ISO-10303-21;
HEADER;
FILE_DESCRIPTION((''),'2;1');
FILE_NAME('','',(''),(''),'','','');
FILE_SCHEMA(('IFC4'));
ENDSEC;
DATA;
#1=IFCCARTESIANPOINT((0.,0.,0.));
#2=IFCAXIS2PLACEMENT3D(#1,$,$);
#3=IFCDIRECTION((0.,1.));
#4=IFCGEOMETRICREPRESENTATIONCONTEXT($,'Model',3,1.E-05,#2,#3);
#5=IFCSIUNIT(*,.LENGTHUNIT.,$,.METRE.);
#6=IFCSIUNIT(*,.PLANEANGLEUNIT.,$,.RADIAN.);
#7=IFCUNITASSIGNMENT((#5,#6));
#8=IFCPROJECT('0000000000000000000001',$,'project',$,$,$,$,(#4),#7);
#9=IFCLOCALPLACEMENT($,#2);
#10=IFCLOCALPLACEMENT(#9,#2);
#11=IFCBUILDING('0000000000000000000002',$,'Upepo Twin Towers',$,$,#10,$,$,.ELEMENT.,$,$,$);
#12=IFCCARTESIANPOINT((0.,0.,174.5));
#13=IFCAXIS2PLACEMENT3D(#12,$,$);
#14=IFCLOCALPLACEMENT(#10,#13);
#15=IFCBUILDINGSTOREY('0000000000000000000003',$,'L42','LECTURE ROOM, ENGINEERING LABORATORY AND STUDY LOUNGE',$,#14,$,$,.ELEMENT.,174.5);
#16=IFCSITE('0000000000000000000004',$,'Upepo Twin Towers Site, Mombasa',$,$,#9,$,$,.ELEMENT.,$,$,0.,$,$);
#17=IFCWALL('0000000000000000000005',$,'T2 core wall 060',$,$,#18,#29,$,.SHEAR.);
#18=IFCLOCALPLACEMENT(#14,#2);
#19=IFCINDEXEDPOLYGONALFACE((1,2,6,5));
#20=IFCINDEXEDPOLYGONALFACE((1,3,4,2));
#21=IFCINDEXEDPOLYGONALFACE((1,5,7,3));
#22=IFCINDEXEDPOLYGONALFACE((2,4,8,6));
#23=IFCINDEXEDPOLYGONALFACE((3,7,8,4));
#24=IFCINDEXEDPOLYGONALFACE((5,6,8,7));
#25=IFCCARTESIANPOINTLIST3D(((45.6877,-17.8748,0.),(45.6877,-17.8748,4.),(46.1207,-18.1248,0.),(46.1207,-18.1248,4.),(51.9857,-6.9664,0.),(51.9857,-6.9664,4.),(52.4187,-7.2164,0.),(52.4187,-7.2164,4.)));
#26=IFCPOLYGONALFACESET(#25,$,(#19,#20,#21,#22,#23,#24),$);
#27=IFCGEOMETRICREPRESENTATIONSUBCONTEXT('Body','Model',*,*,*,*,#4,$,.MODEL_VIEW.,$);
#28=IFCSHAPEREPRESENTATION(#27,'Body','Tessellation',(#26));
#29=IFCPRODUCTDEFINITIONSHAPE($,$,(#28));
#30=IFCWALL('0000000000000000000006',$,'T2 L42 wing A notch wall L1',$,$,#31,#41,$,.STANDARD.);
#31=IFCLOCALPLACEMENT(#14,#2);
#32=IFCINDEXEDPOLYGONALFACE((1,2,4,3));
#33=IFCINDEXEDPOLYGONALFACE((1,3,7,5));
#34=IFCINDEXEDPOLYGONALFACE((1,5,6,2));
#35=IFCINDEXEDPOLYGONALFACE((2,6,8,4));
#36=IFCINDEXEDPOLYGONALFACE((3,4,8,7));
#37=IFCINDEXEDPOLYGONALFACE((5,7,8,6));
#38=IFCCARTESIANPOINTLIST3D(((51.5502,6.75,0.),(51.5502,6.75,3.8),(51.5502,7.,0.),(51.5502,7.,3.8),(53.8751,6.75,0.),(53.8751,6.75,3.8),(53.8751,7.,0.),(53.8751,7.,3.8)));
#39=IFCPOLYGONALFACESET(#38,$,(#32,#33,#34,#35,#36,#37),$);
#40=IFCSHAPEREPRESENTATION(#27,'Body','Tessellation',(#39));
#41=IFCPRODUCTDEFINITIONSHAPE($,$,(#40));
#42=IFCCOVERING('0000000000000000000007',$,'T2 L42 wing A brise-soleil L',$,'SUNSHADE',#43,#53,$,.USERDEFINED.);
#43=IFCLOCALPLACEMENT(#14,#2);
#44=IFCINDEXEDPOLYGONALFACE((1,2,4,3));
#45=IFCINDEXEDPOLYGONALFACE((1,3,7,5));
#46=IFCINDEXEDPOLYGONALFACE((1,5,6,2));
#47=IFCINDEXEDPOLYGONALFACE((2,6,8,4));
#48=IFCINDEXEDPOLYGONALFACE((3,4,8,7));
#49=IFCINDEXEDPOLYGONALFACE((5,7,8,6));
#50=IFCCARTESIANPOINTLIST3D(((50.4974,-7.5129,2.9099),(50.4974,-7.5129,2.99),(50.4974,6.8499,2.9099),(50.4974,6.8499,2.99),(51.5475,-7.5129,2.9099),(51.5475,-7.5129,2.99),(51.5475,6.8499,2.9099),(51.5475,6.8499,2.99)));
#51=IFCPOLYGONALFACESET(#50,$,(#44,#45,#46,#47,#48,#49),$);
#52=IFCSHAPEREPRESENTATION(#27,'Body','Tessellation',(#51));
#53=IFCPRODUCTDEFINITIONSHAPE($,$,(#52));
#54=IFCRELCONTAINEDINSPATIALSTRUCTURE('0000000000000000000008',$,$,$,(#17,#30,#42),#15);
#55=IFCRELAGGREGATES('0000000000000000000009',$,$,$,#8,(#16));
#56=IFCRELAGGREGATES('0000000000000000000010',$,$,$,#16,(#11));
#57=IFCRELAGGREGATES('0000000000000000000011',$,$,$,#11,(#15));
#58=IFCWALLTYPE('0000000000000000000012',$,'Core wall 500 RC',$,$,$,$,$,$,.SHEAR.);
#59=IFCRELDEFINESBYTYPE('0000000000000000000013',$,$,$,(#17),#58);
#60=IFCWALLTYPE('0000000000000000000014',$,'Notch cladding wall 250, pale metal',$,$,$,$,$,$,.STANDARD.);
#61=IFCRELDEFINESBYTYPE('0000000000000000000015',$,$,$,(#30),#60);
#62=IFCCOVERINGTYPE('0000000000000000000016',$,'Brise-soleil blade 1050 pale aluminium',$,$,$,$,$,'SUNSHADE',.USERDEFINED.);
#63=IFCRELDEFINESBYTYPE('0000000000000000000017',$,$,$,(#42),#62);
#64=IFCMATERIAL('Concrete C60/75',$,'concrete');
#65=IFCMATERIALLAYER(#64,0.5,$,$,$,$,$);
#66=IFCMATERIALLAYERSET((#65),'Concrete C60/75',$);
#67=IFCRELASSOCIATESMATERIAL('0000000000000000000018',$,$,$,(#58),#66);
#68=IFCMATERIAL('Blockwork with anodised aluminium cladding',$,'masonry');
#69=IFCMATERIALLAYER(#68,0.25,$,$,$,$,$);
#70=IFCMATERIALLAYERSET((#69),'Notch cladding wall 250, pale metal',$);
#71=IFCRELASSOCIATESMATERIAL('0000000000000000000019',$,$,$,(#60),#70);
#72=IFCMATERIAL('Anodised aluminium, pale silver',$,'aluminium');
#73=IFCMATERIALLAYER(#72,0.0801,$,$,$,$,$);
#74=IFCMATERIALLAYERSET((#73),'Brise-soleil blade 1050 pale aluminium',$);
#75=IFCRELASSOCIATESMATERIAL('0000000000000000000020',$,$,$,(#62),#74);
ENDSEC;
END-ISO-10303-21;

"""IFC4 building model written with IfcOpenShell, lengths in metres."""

from ifc_helpers import new_model, si_unit, direction, frame, frame_2d, origin, origin_2d, place, context, subcontext, project, spatial, rectangle, extrude, material, layer, layer_set, type_object, element, save


model = new_model("IFC4")

# Units and contexts
model_context = context("Model", 3, precision=1e-05, world=origin(), true_north=direction((0.0, 1.0)))
body_context = subcontext(model_context, "Body", "Model", "MODEL_VIEW")
ifc_project = project(units=[si_unit("LENGTHUNIT", "METRE"), si_unit("PLANEANGLEUNIT", "RADIAN")], contexts=[model_context])

# Site, building, storey
site_placement = place(None, origin())
site = spatial("IfcSite", under=ifc_project, at=site_placement, Name="Upepo Twin Towers Site, Mombasa", CompositionType="ELEMENT", RefElevation=0.0)
building_placement = place(site_placement, origin())
building = spatial("IfcBuilding", under=site, at=building_placement, Name="Upepo Twin Towers", CompositionType="ELEMENT")
storey_placement = place(building_placement, frame((0.0, 0.0, 174.5)))
storey = spatial("IfcBuildingStorey", under=building, at=storey_placement, Name="L42", Description="LECTURE ROOM, ENGINEERING LABORATORY AND STUDY LOUNGE", CompositionType="ELEMENT", Elevation=174.5)

# Walls
ifc_material_1 = material(Name="Concrete C60/75", Category="concrete")
ifc_layer_1 = layer(ifc_material_1, 0.5)
ifc_layer_set_1 = layer_set([ifc_layer_1], Name="Concrete C60/75")
wall_type_1 = type_object("IfcWallType", Name="Core wall 500 RC", PredefinedType="SHEAR", material=ifc_layer_set_1)
wall_1_placement = place(storey_placement, frame((52.2021, -7.0916, 0.0), z_axis=(0.0, 0.0, 1.0), x_axis=(-0.500006, -0.866022, 0.0)))
element("IfcWall", 1, at=wall_1_placement, inside=storey, type_object=wall_type_1, Name="T2 core wall 060", PredefinedType="SHEAR", context=body_context, shape_type="SweptSolid", body=[
    extrude(rectangle(XDim=12.5959, YDim=0.5, at=frame_2d((6.2979, 0.0))), origin(), (0.0, 0.0, 1.0), 4.0),
])
ifc_material_2 = material(Name="Blockwork with anodised aluminium cladding", Category="masonry")
ifc_layer_2 = layer(ifc_material_2, 0.25)
ifc_layer_set_2 = layer_set([ifc_layer_2], Name="Notch cladding wall 250, pale metal")
wall_type_2 = type_object("IfcWallType", Name="Notch cladding wall 250, pale metal", PredefinedType="STANDARD", material=ifc_layer_set_2)
wall_2_placement = place(storey_placement, frame((51.55, 6.875, 0.0), z_axis=(0.0, 0.0, 1.0), x_axis=(1.0, 0.0, 0.0)))
element("IfcWall", 2, at=wall_2_placement, inside=storey, type_object=wall_type_2, Name="T2 L42 wing A notch wall L1", PredefinedType="STANDARD", context=body_context, shape_type="SweptSolid", body=[
    extrude(rectangle(XDim=2.325, YDim=0.25, at=frame_2d((1.1626, 0.0))), origin(), (0.0, 0.0, 1.0), 3.8),
])

# Covering
ifc_material_3 = material(Name="Anodised aluminium, pale silver", Category="aluminium")
ifc_layer_3 = layer(ifc_material_3, 0.0801)
ifc_layer_set_3 = layer_set([ifc_layer_3], Name="Brise-soleil blade 1050 pale aluminium")
covering_type = type_object("IfcCoveringType", Name="Brise-soleil blade 1050 pale aluminium", ElementType="SUNSHADE", PredefinedType="USERDEFINED", material=ifc_layer_set_3)
covering_placement = place(storey_placement, frame((51.0225, -0.3315, 2.9099), z_axis=(0.0, 0.0, 1.0), x_axis=(0.0, 1.0, 0.0)))
element("IfcCovering", 3, at=covering_placement, inside=storey, type_object=covering_type, Name="T2 L42 wing A brise-soleil L", ObjectType="SUNSHADE", PredefinedType="USERDEFINED", context=body_context, shape_type="SweptSolid", body=[
    extrude(rectangle(XDim=14.3628, YDim=1.05, at=origin_2d()), origin(), (0.0, 0.0, 1.0), 0.0801),
])

save(model, "model.ifc")
